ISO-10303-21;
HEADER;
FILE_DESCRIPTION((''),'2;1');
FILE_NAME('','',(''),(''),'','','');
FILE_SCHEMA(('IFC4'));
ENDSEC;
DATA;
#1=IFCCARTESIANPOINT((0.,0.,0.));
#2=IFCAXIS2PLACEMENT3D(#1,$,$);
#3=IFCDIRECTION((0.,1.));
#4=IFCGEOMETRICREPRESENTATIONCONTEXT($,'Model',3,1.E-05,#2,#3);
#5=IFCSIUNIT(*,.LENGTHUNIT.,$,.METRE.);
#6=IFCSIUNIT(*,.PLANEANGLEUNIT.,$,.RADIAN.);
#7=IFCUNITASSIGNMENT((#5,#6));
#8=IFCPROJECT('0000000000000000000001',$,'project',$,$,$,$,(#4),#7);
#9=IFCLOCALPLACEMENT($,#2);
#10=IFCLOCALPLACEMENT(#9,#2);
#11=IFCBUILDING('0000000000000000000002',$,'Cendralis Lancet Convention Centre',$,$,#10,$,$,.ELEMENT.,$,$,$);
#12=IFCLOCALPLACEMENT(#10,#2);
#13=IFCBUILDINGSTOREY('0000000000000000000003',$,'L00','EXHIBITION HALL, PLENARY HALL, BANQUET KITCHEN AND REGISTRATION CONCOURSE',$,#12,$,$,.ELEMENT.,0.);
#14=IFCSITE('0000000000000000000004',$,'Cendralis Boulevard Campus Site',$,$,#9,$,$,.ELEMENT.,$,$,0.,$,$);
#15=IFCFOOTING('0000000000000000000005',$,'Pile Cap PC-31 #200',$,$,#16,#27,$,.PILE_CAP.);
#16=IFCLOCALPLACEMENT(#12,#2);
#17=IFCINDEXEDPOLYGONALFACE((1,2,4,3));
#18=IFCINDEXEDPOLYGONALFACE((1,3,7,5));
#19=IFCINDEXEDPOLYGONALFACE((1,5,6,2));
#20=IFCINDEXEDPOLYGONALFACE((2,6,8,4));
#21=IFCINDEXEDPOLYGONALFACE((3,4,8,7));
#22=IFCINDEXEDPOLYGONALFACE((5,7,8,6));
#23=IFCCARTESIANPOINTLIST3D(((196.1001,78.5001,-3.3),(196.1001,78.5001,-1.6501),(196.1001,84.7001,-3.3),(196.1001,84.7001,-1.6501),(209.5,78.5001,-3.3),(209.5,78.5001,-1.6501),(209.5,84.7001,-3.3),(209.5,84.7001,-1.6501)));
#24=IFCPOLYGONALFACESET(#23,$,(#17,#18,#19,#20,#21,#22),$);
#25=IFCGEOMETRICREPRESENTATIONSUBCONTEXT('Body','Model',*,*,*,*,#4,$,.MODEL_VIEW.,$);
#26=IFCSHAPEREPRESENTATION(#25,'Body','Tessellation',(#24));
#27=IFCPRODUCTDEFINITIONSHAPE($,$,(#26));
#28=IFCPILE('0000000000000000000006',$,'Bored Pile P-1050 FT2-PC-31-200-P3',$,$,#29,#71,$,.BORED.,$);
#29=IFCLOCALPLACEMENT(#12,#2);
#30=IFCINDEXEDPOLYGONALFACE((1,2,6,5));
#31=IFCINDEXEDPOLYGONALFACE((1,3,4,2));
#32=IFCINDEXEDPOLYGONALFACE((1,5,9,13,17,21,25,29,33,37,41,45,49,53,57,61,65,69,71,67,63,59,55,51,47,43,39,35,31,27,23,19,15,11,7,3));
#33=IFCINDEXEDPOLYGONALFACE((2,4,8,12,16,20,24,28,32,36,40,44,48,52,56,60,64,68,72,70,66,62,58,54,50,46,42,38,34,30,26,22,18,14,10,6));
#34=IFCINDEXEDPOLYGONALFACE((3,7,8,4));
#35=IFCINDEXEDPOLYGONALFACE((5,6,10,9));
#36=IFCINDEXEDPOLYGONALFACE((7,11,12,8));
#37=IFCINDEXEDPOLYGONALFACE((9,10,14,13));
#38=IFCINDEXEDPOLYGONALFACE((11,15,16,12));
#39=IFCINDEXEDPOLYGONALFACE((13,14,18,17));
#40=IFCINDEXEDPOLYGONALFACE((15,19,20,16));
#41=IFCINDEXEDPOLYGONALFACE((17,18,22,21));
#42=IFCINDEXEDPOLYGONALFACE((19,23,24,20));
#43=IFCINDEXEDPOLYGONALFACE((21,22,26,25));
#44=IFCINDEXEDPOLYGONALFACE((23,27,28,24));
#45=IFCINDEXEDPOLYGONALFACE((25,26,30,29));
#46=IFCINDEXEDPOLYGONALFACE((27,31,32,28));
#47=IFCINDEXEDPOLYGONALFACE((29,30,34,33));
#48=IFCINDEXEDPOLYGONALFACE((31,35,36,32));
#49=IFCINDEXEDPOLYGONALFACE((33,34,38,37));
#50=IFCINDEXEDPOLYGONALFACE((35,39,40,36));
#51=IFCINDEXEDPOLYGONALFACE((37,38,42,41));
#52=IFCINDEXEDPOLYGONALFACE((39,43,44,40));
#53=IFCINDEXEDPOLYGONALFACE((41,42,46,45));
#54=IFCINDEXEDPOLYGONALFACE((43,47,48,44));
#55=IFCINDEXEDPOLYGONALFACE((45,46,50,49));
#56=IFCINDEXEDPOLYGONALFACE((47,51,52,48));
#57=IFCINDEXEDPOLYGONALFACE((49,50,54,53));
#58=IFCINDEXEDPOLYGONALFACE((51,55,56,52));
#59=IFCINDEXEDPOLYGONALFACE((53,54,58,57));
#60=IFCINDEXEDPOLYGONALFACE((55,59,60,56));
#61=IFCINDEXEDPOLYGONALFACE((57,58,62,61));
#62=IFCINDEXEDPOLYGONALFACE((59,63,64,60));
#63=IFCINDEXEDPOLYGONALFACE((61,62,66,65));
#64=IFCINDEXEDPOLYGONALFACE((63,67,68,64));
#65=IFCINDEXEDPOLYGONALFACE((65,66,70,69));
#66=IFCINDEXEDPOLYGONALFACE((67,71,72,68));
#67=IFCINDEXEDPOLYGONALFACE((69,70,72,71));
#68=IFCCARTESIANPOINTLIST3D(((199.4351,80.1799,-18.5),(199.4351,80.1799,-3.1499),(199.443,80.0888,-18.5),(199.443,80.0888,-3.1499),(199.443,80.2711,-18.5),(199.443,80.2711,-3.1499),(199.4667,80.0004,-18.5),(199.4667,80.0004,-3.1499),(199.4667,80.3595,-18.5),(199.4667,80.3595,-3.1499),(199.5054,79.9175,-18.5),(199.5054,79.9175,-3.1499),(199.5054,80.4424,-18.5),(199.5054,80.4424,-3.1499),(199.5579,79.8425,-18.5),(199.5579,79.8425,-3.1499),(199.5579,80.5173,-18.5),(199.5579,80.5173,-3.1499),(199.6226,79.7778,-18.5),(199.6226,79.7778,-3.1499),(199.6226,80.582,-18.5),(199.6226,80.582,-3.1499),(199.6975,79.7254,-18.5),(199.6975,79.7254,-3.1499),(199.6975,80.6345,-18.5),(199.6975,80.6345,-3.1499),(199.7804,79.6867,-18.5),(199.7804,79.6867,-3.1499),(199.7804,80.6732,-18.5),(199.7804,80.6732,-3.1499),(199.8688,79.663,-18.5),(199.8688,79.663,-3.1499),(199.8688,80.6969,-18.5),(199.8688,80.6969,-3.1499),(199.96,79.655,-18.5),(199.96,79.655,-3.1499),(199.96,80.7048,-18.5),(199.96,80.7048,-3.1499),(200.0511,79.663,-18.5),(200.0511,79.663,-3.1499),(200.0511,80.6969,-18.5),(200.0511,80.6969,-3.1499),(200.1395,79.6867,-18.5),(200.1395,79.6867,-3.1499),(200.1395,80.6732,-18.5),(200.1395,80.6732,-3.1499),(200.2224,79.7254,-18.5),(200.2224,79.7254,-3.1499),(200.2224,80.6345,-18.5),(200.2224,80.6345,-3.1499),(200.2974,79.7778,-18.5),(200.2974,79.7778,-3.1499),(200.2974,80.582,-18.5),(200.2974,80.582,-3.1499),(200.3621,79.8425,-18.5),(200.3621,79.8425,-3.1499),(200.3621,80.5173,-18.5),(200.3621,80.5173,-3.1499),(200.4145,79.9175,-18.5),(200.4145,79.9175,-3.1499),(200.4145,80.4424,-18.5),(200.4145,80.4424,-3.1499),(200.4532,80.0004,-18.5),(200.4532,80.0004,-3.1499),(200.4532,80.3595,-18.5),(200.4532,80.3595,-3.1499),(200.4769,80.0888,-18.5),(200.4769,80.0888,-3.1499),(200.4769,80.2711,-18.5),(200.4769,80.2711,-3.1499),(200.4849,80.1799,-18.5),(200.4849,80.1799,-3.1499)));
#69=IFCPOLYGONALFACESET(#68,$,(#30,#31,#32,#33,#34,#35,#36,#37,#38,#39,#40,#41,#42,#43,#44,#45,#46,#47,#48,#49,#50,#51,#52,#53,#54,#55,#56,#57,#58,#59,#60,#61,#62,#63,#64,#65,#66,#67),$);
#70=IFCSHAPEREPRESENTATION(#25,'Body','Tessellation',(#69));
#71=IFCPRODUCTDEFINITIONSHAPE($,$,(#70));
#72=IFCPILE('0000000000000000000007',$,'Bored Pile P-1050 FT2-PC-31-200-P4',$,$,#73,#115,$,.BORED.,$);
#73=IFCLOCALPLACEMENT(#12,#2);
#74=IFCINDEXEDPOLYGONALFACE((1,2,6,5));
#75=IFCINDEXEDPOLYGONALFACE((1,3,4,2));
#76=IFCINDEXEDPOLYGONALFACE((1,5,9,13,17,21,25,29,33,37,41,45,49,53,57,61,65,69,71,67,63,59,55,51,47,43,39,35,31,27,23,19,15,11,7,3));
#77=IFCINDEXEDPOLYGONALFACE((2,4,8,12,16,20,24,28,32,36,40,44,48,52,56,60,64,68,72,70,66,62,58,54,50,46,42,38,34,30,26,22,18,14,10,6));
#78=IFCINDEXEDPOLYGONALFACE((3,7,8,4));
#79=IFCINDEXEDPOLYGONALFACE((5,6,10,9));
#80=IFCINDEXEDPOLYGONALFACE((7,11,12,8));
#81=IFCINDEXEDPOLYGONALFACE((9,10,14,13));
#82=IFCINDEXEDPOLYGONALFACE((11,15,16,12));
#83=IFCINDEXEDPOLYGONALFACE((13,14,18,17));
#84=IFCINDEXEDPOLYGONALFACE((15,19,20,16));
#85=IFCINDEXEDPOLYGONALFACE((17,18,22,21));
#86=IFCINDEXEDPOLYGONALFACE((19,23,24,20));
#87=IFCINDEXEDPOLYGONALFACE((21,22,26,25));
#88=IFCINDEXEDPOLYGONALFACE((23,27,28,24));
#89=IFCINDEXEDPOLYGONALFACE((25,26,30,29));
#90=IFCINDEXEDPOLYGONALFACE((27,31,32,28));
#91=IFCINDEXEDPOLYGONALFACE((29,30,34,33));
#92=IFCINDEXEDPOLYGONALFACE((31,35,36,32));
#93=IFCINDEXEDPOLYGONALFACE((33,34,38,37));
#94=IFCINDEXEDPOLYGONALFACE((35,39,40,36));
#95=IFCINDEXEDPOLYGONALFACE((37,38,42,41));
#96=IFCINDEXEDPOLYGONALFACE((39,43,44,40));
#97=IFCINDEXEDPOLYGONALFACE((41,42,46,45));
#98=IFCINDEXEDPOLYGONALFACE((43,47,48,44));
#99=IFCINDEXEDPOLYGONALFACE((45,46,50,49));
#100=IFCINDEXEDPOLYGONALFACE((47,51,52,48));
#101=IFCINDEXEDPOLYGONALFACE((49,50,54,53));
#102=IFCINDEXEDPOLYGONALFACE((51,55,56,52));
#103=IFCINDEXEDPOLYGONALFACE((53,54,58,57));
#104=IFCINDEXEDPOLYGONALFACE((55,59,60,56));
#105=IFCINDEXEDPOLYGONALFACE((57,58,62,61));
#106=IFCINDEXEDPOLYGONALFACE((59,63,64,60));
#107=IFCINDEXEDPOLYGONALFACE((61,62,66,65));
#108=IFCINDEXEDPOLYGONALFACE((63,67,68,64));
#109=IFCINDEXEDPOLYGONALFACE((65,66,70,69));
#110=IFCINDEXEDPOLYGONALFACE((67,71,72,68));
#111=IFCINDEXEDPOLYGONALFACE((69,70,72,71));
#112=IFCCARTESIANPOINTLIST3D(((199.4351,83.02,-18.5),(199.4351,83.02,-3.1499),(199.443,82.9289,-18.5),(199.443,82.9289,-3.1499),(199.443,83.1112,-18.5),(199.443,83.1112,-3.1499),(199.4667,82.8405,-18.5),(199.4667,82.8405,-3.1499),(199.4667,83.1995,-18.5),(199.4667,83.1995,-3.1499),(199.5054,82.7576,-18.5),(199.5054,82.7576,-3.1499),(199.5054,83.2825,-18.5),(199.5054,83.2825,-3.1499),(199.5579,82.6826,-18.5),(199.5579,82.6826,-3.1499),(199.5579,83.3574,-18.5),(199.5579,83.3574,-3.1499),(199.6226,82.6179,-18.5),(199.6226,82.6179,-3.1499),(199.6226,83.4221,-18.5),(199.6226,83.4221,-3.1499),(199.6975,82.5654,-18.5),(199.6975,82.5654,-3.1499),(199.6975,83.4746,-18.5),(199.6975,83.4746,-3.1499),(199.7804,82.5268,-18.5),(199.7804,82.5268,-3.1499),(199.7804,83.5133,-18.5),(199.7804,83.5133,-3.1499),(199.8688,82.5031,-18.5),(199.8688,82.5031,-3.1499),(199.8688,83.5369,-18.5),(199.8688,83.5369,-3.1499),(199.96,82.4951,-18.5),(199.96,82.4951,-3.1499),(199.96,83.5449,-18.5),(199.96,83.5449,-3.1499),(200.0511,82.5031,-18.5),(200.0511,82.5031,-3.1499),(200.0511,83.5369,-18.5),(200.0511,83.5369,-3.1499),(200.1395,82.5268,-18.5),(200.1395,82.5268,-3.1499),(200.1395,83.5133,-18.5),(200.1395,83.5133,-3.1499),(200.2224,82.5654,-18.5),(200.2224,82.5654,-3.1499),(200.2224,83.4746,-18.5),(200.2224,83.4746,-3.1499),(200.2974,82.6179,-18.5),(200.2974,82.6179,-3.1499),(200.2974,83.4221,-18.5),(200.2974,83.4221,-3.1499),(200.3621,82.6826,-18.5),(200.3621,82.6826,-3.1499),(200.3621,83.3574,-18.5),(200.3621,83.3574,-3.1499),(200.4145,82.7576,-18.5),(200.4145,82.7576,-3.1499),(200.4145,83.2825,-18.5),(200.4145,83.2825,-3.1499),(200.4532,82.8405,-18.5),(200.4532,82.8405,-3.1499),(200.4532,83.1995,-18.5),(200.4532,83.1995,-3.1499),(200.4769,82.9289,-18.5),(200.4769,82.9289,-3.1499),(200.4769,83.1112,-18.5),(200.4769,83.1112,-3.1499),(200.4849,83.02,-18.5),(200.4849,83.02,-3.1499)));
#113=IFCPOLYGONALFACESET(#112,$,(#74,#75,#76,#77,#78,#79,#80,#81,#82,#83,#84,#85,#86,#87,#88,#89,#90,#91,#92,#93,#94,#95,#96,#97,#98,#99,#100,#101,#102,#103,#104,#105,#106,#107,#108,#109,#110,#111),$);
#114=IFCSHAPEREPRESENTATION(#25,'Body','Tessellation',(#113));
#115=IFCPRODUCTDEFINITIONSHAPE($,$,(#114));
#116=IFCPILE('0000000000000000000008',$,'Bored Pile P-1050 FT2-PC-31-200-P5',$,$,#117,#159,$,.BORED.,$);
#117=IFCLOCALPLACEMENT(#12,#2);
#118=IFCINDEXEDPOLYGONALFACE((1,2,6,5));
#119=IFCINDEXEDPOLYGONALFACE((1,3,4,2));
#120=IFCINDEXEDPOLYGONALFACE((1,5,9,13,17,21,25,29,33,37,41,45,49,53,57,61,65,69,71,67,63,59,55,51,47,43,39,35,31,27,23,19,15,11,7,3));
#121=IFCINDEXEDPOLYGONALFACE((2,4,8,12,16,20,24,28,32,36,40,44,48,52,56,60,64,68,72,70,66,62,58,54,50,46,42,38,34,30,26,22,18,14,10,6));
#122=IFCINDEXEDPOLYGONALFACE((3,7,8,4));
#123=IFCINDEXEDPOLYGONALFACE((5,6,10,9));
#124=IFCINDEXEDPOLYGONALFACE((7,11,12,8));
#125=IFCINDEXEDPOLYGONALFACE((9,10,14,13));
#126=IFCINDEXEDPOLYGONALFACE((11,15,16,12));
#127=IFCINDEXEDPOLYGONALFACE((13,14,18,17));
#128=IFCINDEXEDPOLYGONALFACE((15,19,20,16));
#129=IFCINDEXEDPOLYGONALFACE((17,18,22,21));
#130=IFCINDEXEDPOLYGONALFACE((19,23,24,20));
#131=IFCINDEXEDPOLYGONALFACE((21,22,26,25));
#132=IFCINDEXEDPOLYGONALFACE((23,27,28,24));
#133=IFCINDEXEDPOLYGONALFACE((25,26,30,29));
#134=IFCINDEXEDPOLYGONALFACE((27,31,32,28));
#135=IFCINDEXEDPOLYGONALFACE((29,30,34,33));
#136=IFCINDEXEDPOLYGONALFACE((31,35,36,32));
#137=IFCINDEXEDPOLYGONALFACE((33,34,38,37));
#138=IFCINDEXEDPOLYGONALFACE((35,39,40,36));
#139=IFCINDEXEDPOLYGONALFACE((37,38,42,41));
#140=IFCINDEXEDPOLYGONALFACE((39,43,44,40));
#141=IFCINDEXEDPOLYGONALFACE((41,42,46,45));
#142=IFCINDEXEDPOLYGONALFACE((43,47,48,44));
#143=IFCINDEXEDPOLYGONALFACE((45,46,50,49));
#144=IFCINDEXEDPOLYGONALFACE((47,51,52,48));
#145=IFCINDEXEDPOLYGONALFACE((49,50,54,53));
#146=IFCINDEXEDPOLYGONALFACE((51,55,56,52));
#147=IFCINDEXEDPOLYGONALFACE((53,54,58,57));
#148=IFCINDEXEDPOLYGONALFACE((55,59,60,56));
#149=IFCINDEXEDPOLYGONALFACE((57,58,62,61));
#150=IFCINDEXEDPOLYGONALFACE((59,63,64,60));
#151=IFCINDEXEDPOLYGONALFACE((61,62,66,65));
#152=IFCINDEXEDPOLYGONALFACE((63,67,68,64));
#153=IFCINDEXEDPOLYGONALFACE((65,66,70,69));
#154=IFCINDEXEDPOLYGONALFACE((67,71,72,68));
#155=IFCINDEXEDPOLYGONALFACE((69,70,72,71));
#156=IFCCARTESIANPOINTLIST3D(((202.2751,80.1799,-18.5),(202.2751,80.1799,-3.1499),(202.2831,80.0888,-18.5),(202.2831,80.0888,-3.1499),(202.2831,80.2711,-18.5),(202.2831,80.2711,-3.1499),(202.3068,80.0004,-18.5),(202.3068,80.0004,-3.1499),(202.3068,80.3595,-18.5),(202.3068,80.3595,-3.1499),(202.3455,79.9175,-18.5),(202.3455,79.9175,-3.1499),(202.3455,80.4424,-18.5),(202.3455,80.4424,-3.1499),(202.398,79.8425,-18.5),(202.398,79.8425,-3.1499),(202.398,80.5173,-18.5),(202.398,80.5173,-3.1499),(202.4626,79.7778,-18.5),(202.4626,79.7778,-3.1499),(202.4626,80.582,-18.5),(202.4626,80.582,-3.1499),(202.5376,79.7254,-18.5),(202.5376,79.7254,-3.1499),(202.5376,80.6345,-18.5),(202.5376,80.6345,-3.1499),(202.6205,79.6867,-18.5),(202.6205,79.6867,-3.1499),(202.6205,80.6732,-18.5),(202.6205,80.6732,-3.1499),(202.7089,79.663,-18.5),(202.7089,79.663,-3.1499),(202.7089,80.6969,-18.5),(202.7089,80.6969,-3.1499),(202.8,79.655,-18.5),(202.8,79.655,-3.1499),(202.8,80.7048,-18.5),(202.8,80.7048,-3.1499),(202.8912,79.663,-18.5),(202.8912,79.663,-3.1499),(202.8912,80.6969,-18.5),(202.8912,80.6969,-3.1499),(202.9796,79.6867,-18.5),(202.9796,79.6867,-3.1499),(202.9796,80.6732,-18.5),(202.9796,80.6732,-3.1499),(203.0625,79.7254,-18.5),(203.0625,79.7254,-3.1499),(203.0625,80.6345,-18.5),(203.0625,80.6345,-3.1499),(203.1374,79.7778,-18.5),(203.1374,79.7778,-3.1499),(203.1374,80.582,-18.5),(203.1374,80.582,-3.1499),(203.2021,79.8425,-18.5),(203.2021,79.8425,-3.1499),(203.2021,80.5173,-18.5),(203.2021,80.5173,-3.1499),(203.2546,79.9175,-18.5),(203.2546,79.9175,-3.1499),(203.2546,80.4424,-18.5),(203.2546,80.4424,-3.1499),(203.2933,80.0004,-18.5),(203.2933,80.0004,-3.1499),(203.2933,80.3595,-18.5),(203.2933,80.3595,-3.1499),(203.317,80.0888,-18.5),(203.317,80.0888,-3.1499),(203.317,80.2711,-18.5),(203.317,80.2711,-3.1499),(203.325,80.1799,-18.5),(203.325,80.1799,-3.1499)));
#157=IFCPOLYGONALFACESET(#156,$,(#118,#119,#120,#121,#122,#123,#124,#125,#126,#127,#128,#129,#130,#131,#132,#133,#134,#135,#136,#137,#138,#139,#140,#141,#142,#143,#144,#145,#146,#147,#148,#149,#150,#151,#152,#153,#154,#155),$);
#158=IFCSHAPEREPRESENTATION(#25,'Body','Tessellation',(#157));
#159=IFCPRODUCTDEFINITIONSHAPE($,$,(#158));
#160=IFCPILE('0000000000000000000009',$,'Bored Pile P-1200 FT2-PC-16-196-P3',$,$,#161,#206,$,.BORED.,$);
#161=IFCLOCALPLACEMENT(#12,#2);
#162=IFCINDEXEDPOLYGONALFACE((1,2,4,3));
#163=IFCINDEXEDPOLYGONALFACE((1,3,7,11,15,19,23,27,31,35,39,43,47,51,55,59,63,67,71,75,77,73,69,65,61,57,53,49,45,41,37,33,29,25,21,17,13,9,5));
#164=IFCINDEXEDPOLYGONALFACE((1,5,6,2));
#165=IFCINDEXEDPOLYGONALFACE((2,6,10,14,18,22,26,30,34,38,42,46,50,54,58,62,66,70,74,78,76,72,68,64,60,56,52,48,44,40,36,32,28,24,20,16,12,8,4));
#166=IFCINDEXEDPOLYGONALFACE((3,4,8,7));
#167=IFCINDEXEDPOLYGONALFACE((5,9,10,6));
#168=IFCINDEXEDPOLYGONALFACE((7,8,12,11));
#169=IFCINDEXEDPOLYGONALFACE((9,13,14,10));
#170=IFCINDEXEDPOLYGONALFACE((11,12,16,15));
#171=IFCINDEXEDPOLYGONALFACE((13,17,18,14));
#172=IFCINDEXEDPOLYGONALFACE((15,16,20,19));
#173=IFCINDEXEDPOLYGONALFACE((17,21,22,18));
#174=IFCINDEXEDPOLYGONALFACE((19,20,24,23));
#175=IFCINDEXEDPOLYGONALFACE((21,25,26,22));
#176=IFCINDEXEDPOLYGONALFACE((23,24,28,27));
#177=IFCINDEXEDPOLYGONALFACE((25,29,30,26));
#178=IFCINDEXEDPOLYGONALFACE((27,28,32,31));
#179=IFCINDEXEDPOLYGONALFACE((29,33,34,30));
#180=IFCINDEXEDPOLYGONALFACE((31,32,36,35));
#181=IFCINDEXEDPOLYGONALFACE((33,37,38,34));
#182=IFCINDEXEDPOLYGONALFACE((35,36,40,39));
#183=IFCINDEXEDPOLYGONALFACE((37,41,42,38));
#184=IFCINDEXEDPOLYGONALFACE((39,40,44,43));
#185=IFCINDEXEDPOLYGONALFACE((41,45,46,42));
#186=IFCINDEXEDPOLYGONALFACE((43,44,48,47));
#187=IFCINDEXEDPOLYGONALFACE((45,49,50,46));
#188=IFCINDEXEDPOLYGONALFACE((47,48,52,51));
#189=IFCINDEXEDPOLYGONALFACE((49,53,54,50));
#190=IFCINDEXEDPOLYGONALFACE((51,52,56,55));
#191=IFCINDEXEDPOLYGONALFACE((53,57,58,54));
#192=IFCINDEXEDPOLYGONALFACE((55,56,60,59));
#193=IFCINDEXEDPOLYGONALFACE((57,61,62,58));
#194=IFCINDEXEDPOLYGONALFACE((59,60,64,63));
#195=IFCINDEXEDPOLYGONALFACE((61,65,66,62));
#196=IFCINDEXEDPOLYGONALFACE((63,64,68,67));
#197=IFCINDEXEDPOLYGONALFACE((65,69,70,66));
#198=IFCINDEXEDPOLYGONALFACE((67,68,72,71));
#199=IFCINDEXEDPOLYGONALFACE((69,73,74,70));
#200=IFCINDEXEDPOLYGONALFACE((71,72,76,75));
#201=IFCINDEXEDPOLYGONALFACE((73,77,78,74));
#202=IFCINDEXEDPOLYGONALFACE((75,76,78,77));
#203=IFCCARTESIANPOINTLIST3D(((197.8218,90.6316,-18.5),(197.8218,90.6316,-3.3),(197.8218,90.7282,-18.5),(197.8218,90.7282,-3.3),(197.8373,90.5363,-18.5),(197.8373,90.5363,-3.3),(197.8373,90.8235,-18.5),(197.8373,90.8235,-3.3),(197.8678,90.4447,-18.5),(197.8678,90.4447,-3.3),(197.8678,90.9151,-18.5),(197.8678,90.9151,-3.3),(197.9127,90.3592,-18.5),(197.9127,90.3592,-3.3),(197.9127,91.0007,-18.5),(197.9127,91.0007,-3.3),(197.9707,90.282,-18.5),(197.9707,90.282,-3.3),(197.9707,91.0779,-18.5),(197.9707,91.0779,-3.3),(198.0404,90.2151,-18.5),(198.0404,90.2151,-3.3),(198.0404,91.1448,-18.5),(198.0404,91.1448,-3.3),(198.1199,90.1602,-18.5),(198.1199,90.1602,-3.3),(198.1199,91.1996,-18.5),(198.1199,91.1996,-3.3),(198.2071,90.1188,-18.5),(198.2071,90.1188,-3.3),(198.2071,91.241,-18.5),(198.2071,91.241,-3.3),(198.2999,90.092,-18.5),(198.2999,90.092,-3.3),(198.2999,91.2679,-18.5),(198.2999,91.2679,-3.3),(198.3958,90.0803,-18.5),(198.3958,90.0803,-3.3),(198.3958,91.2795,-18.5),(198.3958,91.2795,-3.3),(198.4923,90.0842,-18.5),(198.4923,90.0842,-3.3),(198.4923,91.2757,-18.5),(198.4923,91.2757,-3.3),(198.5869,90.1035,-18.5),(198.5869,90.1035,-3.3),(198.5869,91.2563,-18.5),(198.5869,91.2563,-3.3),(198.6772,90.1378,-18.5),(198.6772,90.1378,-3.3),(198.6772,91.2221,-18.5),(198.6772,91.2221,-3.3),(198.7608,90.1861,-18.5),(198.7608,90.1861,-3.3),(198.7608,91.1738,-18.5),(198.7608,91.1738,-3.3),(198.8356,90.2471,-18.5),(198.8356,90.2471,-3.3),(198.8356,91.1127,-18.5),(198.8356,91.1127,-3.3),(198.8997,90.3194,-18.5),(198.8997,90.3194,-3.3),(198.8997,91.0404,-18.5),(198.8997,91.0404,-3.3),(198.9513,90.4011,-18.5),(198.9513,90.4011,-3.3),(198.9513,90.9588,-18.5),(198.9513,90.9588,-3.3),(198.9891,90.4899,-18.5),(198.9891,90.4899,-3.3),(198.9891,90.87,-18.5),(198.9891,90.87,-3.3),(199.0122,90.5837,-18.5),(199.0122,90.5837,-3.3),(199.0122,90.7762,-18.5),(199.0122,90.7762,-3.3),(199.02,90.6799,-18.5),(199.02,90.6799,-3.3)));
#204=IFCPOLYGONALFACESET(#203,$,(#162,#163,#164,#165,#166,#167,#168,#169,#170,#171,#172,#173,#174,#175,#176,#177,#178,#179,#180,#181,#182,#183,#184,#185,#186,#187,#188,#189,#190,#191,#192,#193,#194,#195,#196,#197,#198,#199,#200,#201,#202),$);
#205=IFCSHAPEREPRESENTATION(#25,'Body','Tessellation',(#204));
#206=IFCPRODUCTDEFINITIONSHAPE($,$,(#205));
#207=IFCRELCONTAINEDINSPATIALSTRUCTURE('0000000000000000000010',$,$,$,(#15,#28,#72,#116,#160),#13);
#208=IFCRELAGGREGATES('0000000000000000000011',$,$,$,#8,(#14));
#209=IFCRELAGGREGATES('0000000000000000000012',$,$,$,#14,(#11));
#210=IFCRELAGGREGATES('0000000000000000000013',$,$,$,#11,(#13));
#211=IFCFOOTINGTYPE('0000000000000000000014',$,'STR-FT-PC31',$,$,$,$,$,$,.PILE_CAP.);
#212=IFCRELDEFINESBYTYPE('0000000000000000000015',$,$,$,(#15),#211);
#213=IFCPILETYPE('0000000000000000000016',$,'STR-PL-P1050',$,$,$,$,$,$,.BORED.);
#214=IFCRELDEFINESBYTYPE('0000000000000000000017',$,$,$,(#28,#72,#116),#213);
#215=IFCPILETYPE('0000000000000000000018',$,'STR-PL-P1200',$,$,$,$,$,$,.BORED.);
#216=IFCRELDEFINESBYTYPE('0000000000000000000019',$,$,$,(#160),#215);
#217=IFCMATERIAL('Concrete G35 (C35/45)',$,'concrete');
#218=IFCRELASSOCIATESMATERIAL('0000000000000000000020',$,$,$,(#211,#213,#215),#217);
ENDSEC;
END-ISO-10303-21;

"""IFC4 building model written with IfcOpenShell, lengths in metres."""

from ifc_helpers import new_model, si_unit, direction, frame, origin, origin_2d, place, context, subcontext, project, spatial, rectangle, circle, extrude, material, material_profile, profile_set, type_object, element, save


model = new_model("IFC4")

# Units and contexts
model_context = context("Model", 3, precision=1e-05, world=origin(), true_north=direction((0.0, 1.0)))
body_context = subcontext(model_context, "Body", "Model", "MODEL_VIEW")
ifc_project = project(units=[si_unit("LENGTHUNIT", "METRE"), si_unit("PLANEANGLEUNIT", "RADIAN")], contexts=[model_context])

# Site, building, storey
site_placement = place(None, origin())
site = spatial("IfcSite", under=ifc_project, at=site_placement, Name="Cendralis Boulevard Campus Site", CompositionType="ELEMENT", RefElevation=0.0)
building_placement = place(site_placement, origin())
building = spatial("IfcBuilding", under=site, at=building_placement, Name="Cendralis Lancet Convention Centre", CompositionType="ELEMENT")
storey_placement = place(building_placement, origin())
storey = spatial("IfcBuildingStorey", under=building, at=storey_placement, Name="L00", Description="EXHIBITION HALL, PLENARY HALL, BANQUET KITCHEN AND REGISTRATION CONCOURSE", CompositionType="ELEMENT", Elevation=0.0)

# Footing
ifc_material_1 = material(Name="Concrete G35 (C35/45)", Category="concrete")
footing_type = type_object("IfcFootingType", Name="STR-FT-PC31", PredefinedType="PILE_CAP", material=ifc_material_1)
footing_placement = place(storey_placement, frame((202.8, 81.6001, -3.3), z_axis=(0.0, 0.0, 1.0), x_axis=(1.0, 0.0, 0.0)))
element("IfcFooting", 1, at=footing_placement, inside=storey, type_object=footing_type, Name="Pile Cap PC-31 #200", PredefinedType="PILE_CAP", context=body_context, shape_type="SweptSolid", body=[
    extrude(rectangle(XDim=13.3999, YDim=6.2, at=origin_2d()), origin(), (0.0, 0.0, 1.0), 1.6499),
])

# Piles
ifc_material_profile_1 = material_profile(ifc_material_1, circle(Radius=0.5249, at=origin_2d()), Name="BORED PILE D1050")
ifc_profile_set_1 = profile_set([ifc_material_profile_1], Name="Concrete G35 (C35/45)")
pile_type_1 = type_object("IfcPileType", Name="STR-PL-P1050", PredefinedType="BORED", material=ifc_profile_set_1)
for number, where, z_axis, x_axis, name in (
    (2, (199.96, 80.1799, -3.1499), (0.0, 0.0, -1.0), (1.0, 0.0, 0.0), "Bored Pile P-1050 FT2-PC-31-200-P3"),
    (3, (199.96, 83.02, -3.1499), (0.0, 0.0, -1.0), (1.0, 0.0, 0.0), "Bored Pile P-1050 FT2-PC-31-200-P4"),
    (4, (202.8, 80.1799, -3.1499), (0.0, 0.0, -1.0), (1.0, 0.0, 0.0), "Bored Pile P-1050 FT2-PC-31-200-P5"),
):
    element("IfcPile", number, at=place(storey_placement, frame(where, z_axis=z_axis, x_axis=x_axis)), inside=storey, type_object=pile_type_1, Name=name, PredefinedType="BORED", context=body_context, shape_type="SweptSolid", body=[
        extrude(circle(Radius=0.5249, at=origin_2d()), origin(), (0.0, 0.0, 1.0), 15.3501),
    ])
ifc_material_profile_2 = material_profile(ifc_material_1, circle(Radius=0.6001, at=origin_2d()), Name="BORED PILE D1200")
ifc_profile_set_2 = profile_set([ifc_material_profile_2], Name="Concrete G35 (C35/45)")
pile_type_2 = type_object("IfcPileType", Name="STR-PL-P1200", PredefinedType="BORED", material=ifc_profile_set_2)
pile_placement = place(storey_placement, frame((198.4199, 90.6799, -3.3), z_axis=(0.0, 0.0, -1.0), x_axis=(1.0, 0.0, 0.0)))
element("IfcPile", 5, at=pile_placement, inside=storey, type_object=pile_type_2, Name="Bored Pile P-1200 FT2-PC-16-196-P3", PredefinedType="BORED", context=body_context, shape_type="SweptSolid", body=[
    extrude(circle(Radius=0.6001, at=origin_2d()), origin(), (0.0, 0.0, 1.0), 15.2),
])

save(model, "model.ifc")
